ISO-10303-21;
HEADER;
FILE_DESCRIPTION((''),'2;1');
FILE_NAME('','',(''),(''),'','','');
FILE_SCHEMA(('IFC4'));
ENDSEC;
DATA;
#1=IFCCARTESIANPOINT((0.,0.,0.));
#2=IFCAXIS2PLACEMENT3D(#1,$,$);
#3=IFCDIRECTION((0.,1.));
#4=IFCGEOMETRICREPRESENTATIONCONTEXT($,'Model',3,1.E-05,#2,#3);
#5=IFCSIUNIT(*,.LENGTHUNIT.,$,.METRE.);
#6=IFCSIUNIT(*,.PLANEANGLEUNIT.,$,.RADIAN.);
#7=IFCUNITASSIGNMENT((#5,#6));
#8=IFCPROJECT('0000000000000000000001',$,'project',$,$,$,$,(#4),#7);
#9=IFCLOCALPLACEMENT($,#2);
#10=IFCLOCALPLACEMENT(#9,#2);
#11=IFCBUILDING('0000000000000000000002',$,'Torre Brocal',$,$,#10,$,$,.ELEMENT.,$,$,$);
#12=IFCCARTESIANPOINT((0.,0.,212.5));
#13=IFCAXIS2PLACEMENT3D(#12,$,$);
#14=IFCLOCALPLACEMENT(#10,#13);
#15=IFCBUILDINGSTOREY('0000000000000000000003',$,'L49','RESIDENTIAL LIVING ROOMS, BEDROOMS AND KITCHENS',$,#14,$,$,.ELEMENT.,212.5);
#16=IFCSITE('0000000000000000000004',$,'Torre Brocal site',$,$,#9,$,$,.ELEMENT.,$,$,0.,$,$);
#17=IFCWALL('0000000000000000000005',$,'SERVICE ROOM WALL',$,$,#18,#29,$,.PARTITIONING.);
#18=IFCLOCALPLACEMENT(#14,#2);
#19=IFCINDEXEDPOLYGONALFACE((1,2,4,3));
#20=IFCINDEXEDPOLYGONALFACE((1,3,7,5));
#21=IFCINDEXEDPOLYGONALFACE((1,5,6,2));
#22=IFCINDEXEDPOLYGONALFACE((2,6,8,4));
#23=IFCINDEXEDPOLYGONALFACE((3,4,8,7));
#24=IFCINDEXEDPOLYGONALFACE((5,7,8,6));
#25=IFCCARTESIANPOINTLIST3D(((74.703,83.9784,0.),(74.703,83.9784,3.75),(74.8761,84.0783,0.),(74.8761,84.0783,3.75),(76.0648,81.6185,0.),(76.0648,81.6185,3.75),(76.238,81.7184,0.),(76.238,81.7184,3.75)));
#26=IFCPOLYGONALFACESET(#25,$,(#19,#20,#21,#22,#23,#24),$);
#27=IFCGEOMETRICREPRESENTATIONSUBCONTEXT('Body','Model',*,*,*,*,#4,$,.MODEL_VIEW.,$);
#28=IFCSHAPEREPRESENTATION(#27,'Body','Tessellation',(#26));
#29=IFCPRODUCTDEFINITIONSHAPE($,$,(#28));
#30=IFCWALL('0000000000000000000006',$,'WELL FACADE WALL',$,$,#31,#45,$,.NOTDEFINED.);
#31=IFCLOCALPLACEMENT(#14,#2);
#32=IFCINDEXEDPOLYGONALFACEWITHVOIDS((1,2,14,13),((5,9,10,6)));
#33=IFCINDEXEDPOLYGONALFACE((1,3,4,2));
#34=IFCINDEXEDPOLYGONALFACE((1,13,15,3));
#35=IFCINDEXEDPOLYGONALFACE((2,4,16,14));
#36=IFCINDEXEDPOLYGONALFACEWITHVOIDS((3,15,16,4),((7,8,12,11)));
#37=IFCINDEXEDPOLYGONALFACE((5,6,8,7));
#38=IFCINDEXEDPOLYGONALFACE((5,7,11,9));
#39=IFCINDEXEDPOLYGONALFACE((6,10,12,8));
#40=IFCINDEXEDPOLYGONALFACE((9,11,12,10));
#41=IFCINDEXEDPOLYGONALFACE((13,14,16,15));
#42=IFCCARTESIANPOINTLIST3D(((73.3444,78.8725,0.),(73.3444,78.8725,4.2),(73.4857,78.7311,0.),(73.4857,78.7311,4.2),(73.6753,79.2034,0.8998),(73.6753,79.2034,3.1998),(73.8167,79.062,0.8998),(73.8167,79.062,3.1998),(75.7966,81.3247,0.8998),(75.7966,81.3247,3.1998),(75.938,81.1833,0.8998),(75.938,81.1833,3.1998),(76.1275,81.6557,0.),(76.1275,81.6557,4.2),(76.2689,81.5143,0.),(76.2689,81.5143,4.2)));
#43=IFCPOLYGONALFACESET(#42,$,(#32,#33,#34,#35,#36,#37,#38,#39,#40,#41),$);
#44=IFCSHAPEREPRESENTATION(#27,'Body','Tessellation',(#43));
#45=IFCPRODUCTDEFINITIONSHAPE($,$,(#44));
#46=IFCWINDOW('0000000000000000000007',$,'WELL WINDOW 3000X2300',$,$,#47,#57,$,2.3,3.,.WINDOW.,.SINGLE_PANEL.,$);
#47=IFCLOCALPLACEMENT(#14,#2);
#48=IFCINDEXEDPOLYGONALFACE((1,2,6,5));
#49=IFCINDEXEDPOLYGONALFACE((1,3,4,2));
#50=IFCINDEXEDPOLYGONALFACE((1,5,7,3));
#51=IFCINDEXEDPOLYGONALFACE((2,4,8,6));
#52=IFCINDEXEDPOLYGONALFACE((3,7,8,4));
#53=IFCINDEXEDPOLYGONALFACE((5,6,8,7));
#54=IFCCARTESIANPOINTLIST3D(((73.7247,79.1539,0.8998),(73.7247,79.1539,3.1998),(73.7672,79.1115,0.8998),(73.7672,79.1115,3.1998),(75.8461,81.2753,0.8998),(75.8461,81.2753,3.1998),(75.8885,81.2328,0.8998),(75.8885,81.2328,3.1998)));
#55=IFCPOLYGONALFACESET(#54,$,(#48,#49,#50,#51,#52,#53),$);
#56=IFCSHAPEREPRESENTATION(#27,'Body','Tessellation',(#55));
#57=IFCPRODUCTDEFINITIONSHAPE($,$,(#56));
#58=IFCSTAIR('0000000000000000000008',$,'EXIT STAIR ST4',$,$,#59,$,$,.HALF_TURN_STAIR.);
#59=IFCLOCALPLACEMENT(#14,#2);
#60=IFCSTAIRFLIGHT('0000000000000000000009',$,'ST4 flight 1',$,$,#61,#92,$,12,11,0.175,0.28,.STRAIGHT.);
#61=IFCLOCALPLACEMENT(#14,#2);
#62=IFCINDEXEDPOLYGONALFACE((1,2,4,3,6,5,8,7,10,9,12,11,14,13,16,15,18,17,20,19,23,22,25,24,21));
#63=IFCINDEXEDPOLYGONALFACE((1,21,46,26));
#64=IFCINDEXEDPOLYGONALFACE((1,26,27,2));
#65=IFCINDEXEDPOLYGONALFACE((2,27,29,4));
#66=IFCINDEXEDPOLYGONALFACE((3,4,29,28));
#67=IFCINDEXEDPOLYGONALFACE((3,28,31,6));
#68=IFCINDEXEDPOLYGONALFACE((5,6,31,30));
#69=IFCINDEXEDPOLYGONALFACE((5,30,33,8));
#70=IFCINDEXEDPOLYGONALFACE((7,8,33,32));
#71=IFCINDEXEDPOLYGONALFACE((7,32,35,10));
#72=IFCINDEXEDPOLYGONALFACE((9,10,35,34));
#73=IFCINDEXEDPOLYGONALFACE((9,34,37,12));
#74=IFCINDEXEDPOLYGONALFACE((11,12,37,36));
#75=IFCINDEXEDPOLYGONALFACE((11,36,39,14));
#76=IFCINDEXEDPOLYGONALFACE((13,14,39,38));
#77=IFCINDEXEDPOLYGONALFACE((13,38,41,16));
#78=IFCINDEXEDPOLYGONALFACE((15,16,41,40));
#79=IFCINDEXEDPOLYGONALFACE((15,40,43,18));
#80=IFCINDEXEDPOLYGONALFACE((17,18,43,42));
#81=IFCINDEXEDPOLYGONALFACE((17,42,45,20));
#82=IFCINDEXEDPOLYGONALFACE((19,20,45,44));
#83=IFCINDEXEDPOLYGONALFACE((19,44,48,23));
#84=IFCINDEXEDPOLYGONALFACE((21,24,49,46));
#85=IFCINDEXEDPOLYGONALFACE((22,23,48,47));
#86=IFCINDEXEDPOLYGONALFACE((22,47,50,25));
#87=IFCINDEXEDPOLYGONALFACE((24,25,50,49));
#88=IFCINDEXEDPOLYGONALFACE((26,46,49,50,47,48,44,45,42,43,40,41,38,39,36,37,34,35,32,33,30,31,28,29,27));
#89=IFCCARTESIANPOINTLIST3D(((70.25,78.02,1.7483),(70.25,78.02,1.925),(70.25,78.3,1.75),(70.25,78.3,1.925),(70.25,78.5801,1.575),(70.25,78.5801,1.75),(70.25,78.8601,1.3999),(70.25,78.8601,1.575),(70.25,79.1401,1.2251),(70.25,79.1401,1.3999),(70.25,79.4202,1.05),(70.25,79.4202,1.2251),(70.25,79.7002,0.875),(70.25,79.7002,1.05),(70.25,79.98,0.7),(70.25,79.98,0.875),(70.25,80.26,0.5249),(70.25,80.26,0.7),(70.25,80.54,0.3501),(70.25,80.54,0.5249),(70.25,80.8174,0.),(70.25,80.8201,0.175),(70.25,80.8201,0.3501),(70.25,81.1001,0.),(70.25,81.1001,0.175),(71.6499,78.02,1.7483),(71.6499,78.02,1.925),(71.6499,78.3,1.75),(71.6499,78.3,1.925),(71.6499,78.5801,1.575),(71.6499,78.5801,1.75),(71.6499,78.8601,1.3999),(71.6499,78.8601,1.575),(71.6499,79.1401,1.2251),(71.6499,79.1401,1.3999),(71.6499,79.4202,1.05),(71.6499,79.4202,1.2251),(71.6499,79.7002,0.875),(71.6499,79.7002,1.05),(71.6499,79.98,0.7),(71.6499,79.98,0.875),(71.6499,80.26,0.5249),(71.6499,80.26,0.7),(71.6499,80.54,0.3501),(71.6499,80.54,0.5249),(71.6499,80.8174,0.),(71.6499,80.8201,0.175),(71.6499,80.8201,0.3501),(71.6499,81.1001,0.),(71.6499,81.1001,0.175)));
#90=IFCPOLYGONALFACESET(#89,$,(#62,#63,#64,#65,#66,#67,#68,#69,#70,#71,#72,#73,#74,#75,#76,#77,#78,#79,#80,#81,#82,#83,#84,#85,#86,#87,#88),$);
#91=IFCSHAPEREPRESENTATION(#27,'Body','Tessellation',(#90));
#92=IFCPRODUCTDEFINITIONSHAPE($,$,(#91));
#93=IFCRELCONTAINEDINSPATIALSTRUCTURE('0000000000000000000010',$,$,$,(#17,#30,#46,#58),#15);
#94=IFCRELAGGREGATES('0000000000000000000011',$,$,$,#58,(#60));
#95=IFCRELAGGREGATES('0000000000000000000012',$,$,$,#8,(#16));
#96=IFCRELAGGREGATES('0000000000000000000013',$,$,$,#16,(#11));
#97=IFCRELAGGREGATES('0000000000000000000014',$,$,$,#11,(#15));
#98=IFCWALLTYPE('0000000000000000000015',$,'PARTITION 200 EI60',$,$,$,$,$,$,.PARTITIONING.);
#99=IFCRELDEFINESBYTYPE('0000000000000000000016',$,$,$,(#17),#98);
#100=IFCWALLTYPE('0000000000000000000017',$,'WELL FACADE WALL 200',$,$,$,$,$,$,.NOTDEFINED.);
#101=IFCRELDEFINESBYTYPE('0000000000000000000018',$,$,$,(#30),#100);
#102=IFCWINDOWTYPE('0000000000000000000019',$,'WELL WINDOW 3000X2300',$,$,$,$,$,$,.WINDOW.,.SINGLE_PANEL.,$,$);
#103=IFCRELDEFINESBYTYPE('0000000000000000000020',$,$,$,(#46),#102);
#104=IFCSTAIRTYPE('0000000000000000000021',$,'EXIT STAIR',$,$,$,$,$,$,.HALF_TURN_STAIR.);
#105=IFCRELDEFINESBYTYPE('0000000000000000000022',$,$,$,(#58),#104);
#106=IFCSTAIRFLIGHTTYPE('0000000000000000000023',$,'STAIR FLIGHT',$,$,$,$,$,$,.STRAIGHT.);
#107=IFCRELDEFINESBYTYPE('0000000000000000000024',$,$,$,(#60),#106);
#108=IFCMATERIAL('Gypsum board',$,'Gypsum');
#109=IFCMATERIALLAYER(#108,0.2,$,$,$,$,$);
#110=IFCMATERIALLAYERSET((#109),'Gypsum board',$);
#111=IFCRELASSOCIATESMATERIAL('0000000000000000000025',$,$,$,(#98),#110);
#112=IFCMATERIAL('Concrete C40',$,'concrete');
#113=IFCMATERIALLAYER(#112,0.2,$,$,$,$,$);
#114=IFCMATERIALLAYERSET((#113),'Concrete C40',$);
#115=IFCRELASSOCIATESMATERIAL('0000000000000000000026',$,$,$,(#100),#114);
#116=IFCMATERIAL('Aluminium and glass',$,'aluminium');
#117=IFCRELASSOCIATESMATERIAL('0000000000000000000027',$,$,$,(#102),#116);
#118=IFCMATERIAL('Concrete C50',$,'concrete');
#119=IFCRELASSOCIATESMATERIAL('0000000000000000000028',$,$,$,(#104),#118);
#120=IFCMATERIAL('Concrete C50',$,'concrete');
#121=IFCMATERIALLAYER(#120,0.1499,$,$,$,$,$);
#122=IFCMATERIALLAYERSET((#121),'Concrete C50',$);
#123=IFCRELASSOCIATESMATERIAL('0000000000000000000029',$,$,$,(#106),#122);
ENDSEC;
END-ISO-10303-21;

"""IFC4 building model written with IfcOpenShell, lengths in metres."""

from ifc_helpers import new_model, si_unit, direction, frame, frame_2d, origin, place, context, subcontext, project, spatial, polyline, rectangle, outline, extrude, material, layer, layer_set, type_object, element, fill, aggregate, save


model = new_model("IFC4")

# Units and contexts
model_context = context("Model", 3, precision=1e-05, world=origin(), true_north=direction((0.0, 1.0)))
body_context = subcontext(model_context, "Body", "Model", "MODEL_VIEW")
ifc_project = project(units=[si_unit("LENGTHUNIT", "METRE"), si_unit("PLANEANGLEUNIT", "RADIAN")], contexts=[model_context])

# Site, building, storey
site_placement = place(None, origin())
site = spatial("IfcSite", under=ifc_project, at=site_placement, Name="Torre Brocal site", CompositionType="ELEMENT", RefElevation=0.0)
building_placement = place(site_placement, origin())
building = spatial("IfcBuilding", under=site, at=building_placement, Name="Torre Brocal", CompositionType="ELEMENT")
storey_placement = place(building_placement, frame((0.0, 0.0, 212.5)))
storey = spatial("IfcBuildingStorey", under=building, at=storey_placement, Name="L49", Description="RESIDENTIAL LIVING ROOMS, BEDROOMS AND KITCHENS", CompositionType="ELEMENT", Elevation=212.5)

# Shared definitions
ifc_material_1 = material(Name="Gypsum board", Category="Gypsum")
ifc_layer_1 = layer(ifc_material_1, 0.2)
ifc_layer_set_1 = layer_set([ifc_layer_1], Name="Gypsum board")
wall_type_1 = type_object("IfcWallType", Name="PARTITION 200 EI60", PredefinedType="PARTITIONING", material=ifc_layer_set_1)

# Wall
wall_1_placement = place(storey_placement, frame((74.7896, 84.0283, 0.0), z_axis=(0.0, 0.0, 1.0), x_axis=(0.499821, -0.866129, 0.0)))
element("IfcWall", 1, at=wall_1_placement, inside=storey, type_object=wall_type_1, Name="SERVICE ROOM WALL", PredefinedType="PARTITIONING", context=body_context, shape_type="SweptSolid", body=[
    extrude(rectangle(XDim=2.7246, YDim=0.2, at=frame_2d((1.3623, 0.0))), origin(), (0.0, 0.0, 1.0), 3.75),
])

# Wall, opening, window
ifc_material_2 = material(Name="Concrete C40", Category="concrete")
ifc_layer_2 = layer(ifc_material_2, 0.2)
ifc_layer_set_2 = layer_set([ifc_layer_2], Name="Concrete C40")
wall_type_2 = type_object("IfcWallType", Name="WELL FACADE WALL 200", PredefinedType="NOTDEFINED", material=ifc_layer_set_2)
wall_2_placement = place(storey_placement, frame((76.1982, 81.585, 0.0), z_axis=(0.0, 0.0, 1.0), x_axis=(-0.707107, -0.707107, 0.0)))
wall_2 = element("IfcWall", 2, at=wall_2_placement, inside=storey, type_object=wall_type_2, Name="WELL FACADE WALL", PredefinedType="NOTDEFINED", context=body_context, shape_type="SweptSolid", body=[
    extrude(rectangle(XDim=3.936, YDim=0.2, at=frame_2d((1.968, 0.0))), origin(), (0.0, 0.0, 1.0), 4.2),
])
opening_1_placement = place(wall_2_placement, frame((0.468, 0.0, 0.8999)))
opening_1 = element("IfcOpeningElement", 3, at=opening_1_placement, cuts=wall_2, PredefinedType="OPENING", context=body_context, shape_type="SweptSolid", body=[
    extrude(rectangle(XDim=3.0, YDim=2.3, at=frame_2d((1.5, 1.1499))), frame((0.0, 0.1099, 0.0), z_axis=(0.0, -1.0, 0.0), x_axis=(1.0, 0.0, 0.0)), (0.0, 0.0, 1.0), 0.22),
])
ifc_material_3 = material(Name="Aluminium and glass", Category="aluminium")
window_type = type_object("IfcWindowType", Name="WELL WINDOW 3000X2300", PartitioningType="SINGLE_PANEL", PredefinedType="WINDOW", material=ifc_material_3)
window_placement = place(opening_1_placement, origin())
window = element("IfcWindow", 4, at=window_placement, inside=storey, type_object=window_type, Name="WELL WINDOW 3000X2300", OverallHeight=2.3, OverallWidth=3.0, PartitioningType="SINGLE_PANEL", PredefinedType="WINDOW", context=body_context, shape_type="SweptSolid", body=[
    extrude(rectangle(XDim=3.0, YDim=2.3, at=frame_2d((1.5, 1.1499))), frame((0.0, 0.03, 0.0), z_axis=(0.0, -1.0, 0.0), x_axis=(1.0, 0.0, 0.0)), (0.0, 0.0, 1.0), 0.0601),
])
fill(opening_1, window)

# Stair, stair flight
ifc_material_4 = material(Name="Concrete C50", Category="concrete")
stair_type = type_object("IfcStairType", Name="EXIT STAIR", PredefinedType="HALF_TURN_STAIR", material=ifc_material_4)
stair_placement = place(storey_placement, origin())
stair = element("IfcStair", 5, at=stair_placement, inside=storey, type_object=stair_type, Name="EXIT STAIR ST4", PredefinedType="HALF_TURN_STAIR")
ifc_material_5 = material(Name="Concrete C50", Category="concrete")
ifc_layer_3 = layer(ifc_material_5, 0.1499)
ifc_layer_set_3 = layer_set([ifc_layer_3], Name="Concrete C50")
stair_flight_type = type_object("IfcStairFlightType", Name="STAIR FLIGHT", PredefinedType="STRAIGHT", material=ifc_layer_set_3)
stair_flight_placement = place(storey_placement, frame((70.95, 81.1001, 0.0), z_axis=(0.0, 0.0, 1.0), x_axis=(0.0, -1.0, 0.0)))
stair_flight = element("IfcStairFlight", 6, at=stair_flight_placement, type_object=stair_flight_type, Name="ST4 flight 1", NumberOfRisers=12, NumberOfTreads=11, PredefinedType="STRAIGHT", RiserHeight=0.175, TreadLength=0.28, context=body_context, shape_type="SweptSolid", body=[
    extrude(outline(polyline([(0.0, 0.0), (0.0, 0.175), (0.28, 0.175), (0.28, 0.3501), (0.5601, 0.3501), (0.5601, 0.5249), (0.8401, 0.5249), (0.8401, 0.7), (1.1201, 0.7), (1.1201, 0.875), (1.3999, 0.875), (1.3999, 1.05), (1.6799, 1.05), (1.6799, 1.2251), (1.96, 1.2251), (1.96, 1.3999), (2.24, 1.3999), (2.24, 1.575), (2.52, 1.575), (2.52, 1.75), (2.8, 1.75), (2.8, 1.925), (3.0801, 1.925), (3.0801, 2.1001), (3.0801, 1.7483), (0.2827, 0.0), (0.0, 0.0)])), frame((0.0, 0.7, 0.0), z_axis=(0.0, -1.0, 0.0), x_axis=(1.0, 0.0, 0.0)), (0.0, 0.0, 1.0), 1.3999),
])
aggregate(stair, [stair_flight])

save(model, "model.ifc")
